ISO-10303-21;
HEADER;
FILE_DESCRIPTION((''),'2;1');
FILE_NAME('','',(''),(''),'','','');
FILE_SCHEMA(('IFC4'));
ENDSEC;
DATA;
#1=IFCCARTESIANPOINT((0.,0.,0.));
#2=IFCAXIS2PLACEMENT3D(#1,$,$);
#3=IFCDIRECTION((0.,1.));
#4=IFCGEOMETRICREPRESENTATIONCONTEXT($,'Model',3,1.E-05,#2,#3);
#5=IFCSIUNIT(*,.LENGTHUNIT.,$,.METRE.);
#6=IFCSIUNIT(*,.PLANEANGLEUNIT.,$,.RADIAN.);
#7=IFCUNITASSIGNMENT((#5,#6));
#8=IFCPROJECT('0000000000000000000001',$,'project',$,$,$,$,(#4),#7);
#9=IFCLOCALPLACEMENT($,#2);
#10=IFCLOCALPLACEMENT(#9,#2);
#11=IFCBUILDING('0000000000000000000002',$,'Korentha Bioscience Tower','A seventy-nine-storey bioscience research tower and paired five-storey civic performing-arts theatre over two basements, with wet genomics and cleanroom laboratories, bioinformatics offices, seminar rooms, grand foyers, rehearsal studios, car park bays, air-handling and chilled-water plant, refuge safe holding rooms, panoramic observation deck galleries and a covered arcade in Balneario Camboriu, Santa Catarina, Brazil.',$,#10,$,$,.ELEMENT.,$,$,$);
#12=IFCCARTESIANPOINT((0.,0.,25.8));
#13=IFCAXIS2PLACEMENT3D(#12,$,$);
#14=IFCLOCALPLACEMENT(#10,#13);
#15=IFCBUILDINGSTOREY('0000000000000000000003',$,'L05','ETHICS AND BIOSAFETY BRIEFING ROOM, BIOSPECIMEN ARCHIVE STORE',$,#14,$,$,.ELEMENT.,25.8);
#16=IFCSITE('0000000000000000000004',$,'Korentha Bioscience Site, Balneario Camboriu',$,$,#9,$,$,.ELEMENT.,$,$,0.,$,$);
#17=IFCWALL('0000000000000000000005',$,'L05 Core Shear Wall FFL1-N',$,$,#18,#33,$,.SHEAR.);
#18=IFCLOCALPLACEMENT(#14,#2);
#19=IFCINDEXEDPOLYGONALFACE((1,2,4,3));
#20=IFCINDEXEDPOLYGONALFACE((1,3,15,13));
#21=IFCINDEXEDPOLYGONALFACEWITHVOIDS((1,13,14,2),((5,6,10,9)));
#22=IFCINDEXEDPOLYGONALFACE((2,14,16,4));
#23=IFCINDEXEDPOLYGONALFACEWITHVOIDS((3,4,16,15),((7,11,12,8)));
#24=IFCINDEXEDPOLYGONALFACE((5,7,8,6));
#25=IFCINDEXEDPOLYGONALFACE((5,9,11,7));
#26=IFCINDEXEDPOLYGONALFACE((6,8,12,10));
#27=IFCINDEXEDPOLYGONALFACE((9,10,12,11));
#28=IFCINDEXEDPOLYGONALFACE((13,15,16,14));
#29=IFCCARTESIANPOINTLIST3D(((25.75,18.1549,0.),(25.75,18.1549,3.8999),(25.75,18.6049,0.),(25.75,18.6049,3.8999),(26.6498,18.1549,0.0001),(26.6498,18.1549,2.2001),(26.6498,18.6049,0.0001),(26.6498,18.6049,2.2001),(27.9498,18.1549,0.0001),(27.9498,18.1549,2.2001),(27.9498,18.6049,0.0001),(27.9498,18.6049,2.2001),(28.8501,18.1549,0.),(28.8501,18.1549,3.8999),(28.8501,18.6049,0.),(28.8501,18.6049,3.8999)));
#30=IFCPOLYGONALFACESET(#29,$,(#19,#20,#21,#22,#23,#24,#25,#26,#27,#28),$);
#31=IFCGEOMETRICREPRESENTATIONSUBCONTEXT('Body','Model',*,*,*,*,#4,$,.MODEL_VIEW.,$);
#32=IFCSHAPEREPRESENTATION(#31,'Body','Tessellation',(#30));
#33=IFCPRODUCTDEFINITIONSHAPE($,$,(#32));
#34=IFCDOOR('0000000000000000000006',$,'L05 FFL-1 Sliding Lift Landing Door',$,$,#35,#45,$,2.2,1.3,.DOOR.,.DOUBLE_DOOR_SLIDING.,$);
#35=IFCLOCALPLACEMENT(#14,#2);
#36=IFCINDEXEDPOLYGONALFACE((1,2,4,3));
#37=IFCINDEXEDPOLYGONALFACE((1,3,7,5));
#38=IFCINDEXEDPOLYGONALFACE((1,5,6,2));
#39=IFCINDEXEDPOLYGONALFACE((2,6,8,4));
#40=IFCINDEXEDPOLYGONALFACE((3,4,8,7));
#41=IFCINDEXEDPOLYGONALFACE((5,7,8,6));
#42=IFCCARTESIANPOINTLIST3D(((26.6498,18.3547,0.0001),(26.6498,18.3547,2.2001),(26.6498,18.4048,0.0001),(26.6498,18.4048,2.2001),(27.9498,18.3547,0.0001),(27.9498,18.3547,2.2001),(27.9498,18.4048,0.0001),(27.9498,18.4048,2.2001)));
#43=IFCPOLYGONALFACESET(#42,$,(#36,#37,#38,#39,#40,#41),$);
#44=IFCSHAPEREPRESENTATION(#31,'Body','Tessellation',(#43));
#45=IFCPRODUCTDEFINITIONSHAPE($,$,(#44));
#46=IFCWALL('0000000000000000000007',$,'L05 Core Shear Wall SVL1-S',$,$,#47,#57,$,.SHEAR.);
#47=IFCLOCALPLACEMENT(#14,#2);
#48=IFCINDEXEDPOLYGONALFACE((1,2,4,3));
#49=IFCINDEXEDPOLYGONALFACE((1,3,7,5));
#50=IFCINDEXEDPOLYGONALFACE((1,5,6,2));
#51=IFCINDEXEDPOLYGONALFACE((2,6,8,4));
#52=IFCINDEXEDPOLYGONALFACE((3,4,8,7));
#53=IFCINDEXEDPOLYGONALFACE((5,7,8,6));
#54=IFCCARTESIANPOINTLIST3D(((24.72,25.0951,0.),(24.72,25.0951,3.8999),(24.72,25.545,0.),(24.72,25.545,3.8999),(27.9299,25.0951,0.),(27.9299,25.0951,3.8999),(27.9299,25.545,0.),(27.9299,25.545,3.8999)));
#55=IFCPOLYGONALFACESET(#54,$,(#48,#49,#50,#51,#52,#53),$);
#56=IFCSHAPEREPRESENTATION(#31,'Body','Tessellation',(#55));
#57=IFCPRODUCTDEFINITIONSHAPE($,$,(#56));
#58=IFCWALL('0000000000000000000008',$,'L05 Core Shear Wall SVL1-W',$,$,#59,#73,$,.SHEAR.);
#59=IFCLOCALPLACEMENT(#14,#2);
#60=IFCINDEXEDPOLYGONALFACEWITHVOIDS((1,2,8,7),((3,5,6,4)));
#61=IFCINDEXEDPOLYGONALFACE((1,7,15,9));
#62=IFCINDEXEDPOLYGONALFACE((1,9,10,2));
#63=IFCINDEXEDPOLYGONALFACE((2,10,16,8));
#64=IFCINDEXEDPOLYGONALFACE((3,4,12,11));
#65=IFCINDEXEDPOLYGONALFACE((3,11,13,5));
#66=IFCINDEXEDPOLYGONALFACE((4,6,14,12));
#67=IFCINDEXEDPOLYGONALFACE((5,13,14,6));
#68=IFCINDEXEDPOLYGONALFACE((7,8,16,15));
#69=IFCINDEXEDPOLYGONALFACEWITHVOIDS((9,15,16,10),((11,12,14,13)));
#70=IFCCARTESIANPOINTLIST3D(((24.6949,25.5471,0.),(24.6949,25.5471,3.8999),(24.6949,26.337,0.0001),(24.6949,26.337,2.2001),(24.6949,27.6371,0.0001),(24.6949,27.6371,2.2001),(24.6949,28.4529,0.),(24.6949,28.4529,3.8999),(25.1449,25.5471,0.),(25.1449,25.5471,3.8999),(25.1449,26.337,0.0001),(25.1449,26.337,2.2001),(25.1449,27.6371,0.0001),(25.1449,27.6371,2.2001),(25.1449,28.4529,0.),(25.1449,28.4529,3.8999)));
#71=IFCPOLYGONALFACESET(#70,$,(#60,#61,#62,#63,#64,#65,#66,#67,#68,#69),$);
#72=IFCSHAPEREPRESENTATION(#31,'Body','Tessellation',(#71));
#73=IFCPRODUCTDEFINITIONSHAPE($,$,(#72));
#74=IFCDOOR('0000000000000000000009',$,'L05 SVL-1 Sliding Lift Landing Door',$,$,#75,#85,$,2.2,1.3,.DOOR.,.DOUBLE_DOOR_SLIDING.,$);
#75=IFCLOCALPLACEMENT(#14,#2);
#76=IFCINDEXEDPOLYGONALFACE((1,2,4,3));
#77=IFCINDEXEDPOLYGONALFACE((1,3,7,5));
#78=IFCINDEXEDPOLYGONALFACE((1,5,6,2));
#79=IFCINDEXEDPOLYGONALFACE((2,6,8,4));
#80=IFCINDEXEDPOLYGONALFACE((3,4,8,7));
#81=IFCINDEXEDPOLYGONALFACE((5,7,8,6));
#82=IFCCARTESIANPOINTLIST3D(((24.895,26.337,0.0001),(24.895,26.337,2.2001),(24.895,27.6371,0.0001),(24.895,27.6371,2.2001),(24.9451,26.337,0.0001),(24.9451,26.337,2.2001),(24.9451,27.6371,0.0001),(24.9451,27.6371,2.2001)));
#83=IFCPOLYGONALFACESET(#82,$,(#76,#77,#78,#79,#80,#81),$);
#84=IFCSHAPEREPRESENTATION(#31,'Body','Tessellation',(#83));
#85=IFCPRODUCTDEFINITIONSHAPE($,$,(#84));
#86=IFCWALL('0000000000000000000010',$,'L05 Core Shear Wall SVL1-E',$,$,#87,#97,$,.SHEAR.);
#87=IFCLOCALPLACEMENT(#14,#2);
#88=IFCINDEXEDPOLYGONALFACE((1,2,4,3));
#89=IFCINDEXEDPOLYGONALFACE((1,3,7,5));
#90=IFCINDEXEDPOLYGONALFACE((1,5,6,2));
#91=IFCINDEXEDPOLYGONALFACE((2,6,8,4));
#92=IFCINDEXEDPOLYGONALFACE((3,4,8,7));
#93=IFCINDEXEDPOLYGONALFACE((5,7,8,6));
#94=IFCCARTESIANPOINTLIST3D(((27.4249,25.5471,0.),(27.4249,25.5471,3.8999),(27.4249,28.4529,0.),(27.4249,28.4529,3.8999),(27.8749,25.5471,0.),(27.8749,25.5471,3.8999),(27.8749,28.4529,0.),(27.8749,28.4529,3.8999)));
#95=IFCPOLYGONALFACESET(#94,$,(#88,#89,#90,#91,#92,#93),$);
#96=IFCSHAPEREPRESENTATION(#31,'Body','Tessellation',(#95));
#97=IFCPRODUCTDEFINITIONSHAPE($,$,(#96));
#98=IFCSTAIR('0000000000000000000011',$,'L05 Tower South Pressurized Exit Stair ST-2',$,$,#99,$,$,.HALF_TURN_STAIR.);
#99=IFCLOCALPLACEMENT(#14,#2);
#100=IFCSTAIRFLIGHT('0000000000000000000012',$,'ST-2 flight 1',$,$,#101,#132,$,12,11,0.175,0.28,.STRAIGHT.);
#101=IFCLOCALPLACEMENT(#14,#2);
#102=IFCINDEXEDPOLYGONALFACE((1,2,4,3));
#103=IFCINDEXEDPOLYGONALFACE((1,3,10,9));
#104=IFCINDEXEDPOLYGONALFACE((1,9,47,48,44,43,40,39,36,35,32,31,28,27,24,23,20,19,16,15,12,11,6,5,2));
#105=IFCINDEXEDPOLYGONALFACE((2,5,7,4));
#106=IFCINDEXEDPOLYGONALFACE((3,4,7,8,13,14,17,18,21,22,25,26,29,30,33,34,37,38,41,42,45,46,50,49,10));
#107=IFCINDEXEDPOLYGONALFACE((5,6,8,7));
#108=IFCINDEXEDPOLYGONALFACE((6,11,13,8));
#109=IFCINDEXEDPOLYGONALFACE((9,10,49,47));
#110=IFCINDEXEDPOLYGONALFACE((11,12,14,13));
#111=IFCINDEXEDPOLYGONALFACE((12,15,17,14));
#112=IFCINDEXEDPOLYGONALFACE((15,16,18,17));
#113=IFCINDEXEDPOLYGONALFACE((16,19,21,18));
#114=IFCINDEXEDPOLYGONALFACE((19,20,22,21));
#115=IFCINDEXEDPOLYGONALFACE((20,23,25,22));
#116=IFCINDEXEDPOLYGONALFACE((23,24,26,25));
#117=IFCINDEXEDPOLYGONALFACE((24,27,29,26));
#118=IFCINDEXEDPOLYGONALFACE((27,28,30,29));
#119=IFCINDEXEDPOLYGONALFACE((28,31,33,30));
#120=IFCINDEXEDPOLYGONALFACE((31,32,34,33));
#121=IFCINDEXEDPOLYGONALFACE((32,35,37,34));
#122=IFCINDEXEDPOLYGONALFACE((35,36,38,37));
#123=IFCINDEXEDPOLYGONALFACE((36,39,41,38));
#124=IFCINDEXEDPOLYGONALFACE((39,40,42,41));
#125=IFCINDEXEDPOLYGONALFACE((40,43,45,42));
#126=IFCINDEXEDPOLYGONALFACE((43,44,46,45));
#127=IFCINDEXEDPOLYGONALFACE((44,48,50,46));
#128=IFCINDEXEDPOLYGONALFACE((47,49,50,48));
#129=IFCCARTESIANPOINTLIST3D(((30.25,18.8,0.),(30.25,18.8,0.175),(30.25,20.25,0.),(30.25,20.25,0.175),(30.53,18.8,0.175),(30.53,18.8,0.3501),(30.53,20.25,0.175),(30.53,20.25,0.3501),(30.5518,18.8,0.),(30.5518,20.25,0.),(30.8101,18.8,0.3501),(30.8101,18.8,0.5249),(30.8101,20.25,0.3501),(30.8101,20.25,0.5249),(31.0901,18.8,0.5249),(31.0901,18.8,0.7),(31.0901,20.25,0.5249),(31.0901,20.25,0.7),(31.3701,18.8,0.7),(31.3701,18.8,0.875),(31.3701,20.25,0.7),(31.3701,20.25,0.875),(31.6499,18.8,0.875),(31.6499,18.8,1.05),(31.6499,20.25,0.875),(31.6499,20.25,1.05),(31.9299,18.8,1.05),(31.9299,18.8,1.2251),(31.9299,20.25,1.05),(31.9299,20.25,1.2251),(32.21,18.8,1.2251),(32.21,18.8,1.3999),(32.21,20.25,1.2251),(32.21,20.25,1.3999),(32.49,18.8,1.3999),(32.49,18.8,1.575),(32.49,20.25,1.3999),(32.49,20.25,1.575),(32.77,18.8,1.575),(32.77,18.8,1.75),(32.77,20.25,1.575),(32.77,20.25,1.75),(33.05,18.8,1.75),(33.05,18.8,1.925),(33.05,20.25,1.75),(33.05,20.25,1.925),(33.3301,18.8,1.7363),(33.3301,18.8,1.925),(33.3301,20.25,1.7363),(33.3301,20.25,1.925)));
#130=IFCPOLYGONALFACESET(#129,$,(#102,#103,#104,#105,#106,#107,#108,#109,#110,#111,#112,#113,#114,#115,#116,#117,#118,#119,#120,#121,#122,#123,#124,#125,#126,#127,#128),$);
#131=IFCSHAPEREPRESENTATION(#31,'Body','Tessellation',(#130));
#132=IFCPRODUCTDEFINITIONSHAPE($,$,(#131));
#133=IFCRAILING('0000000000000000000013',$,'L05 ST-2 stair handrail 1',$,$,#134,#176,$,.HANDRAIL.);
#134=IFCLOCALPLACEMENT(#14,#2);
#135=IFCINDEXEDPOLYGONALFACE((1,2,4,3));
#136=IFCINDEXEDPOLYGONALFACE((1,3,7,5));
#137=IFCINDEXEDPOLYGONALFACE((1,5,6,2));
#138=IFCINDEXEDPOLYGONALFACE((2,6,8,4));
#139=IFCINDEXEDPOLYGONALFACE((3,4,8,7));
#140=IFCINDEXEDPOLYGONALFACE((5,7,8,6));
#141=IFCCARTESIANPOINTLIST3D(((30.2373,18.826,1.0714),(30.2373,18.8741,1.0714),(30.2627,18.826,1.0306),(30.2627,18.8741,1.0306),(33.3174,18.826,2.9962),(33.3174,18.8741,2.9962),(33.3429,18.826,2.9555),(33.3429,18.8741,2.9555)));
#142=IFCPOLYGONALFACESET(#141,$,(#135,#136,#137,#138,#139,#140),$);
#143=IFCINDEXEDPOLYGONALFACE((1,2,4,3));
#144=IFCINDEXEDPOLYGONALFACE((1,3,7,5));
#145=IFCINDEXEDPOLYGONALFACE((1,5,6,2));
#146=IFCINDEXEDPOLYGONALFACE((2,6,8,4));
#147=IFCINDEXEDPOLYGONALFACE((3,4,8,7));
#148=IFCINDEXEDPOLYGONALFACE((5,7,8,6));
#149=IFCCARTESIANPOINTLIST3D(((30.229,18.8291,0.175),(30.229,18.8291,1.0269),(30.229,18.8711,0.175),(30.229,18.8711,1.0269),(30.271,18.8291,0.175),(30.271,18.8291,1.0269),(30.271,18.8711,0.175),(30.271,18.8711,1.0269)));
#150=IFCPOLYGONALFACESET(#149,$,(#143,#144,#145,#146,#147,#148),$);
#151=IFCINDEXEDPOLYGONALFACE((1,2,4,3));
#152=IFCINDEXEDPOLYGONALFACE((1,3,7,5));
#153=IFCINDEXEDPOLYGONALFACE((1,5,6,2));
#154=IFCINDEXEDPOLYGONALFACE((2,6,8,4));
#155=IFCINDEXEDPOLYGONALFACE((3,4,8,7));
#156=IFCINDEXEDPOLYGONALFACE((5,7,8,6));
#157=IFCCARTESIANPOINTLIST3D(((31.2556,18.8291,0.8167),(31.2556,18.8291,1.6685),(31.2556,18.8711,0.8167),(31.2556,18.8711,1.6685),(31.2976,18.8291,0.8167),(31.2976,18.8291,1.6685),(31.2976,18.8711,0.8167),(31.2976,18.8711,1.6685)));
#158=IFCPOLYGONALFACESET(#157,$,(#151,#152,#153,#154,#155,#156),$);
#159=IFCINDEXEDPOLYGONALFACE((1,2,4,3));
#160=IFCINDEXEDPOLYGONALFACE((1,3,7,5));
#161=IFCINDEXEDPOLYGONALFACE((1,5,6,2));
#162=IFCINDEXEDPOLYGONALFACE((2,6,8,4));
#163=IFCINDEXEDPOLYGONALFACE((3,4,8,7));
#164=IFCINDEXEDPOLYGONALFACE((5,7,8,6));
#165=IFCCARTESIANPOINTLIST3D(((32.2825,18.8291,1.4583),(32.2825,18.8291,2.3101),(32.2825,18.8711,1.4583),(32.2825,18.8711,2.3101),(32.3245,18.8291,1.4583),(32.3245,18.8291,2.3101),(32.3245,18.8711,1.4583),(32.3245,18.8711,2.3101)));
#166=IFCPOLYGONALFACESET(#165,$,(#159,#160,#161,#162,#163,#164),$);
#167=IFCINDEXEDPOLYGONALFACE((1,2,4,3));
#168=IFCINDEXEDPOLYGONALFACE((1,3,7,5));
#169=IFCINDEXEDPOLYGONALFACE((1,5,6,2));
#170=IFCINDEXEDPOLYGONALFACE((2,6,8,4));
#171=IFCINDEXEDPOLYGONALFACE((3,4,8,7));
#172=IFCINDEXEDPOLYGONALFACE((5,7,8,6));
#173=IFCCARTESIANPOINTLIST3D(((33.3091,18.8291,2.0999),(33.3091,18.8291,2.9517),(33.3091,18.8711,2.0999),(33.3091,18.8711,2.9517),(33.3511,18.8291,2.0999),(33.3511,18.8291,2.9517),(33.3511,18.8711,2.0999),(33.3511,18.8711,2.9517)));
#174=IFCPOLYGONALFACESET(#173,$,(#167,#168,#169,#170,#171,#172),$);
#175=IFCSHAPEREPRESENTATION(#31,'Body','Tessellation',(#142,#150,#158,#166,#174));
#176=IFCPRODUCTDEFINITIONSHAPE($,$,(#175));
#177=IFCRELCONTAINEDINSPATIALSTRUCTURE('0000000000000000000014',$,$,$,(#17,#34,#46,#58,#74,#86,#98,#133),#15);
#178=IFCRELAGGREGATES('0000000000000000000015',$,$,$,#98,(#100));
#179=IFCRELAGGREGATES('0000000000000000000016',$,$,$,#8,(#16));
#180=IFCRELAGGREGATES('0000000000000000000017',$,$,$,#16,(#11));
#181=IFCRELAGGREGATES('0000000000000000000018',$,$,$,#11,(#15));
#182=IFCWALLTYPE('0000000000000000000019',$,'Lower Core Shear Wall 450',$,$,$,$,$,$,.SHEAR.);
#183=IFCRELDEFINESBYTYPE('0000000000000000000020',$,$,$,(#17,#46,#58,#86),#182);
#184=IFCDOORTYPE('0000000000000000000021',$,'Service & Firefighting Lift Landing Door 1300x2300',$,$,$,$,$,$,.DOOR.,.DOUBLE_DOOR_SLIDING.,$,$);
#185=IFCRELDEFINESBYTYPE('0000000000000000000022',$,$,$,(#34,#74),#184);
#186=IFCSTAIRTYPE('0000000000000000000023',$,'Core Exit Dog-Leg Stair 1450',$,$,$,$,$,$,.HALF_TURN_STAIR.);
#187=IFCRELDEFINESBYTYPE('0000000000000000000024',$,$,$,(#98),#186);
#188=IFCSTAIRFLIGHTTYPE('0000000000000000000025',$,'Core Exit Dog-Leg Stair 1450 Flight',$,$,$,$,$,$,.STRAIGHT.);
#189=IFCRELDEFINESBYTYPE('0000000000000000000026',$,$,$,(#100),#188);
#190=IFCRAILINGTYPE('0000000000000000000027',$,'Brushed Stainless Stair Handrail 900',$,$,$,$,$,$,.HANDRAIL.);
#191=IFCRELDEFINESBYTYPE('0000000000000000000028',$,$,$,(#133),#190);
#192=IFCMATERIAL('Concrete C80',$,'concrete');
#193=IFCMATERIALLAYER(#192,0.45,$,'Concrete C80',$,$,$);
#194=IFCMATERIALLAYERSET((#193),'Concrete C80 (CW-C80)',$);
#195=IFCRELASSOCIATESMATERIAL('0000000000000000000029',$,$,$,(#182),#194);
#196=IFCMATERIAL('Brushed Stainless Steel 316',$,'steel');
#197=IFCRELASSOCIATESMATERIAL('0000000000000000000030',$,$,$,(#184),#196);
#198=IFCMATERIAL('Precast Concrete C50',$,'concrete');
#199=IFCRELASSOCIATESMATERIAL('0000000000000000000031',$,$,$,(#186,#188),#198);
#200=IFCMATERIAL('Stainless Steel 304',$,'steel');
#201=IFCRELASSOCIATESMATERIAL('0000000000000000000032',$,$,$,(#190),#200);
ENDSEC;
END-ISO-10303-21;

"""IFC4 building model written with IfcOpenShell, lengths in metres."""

from ifc_helpers import new_model, si_unit, direction, frame, frame_2d, origin, origin_2d, place, context, subcontext, project, spatial, polyline, rectangle, outline, extrude, material, layer, layer_set, type_object, element, fill, aggregate, save


model = new_model("IFC4")

# Units and contexts
model_context = context("Model", 3, precision=1e-05, world=origin(), true_north=direction((0.0, 1.0)))
body_context = subcontext(model_context, "Body", "Model", "MODEL_VIEW")
ifc_project = project(units=[si_unit("LENGTHUNIT", "METRE"), si_unit("PLANEANGLEUNIT", "RADIAN")], contexts=[model_context])

# Site, building, storey
site_placement = place(None, origin())
site = spatial("IfcSite", under=ifc_project, at=site_placement, Name="Korentha Bioscience Site, Balneario Camboriu", CompositionType="ELEMENT", RefElevation=0.0)
building_placement = place(site_placement, origin())
building = spatial("IfcBuilding", under=site, at=building_placement, Name="Korentha Bioscience Tower", Description="A seventy-nine-storey bioscience research tower and paired five-storey civic performing-arts theatre over two basements, with wet genomics and cleanroom laboratories, bioinformatics offices, seminar rooms, grand foyers, rehearsal studios, car park bays, air-handling and chilled-water plant, refuge safe holding rooms, panoramic observation deck galleries and a covered arcade in Balneario Camboriu, Santa Catarina, Brazil.", CompositionType="ELEMENT")
storey_placement = place(building_placement, frame((0.0, 0.0, 25.8)))
storey = spatial("IfcBuildingStorey", under=building, at=storey_placement, Name="L05", Description="ETHICS AND BIOSAFETY BRIEFING ROOM, BIOSPECIMEN ARCHIVE STORE", CompositionType="ELEMENT", Elevation=25.8)

# Shared definitions
ifc_material_1 = material(Name="Concrete C80", Category="concrete")
ifc_layer_1 = layer(ifc_material_1, 0.45, Name="Concrete C80")
ifc_layer_set_1 = layer_set([ifc_layer_1], Name="Concrete C80 (CW-C80)")
wall_type_1 = type_object("IfcWallType", Name="Lower Core Shear Wall 450", PredefinedType="SHEAR", material=ifc_layer_set_1)

# Wall, opening, door
wall_1_placement = place(storey_placement, frame((25.75, 18.3799, 0.0), z_axis=(0.0, 0.0, 1.0), x_axis=(1.0, 0.0, 0.0)))
wall_1 = element("IfcWall", 1, at=wall_1_placement, inside=storey, type_object=wall_type_1, Name="L05 Core Shear Wall FFL1-N", PredefinedType="SHEAR", context=body_context, shape_type="SweptSolid", body=[
    extrude(rectangle(XDim=3.1001, YDim=0.45, at=frame_2d((1.55, 0.0))), origin(), (0.0, 0.0, 1.0), 3.8999),
])
opening_1_placement = place(wall_1_placement, frame((0.8999, 0.0, 0.0)))
opening_1 = element("IfcOpeningElement", 2, at=opening_1_placement, cuts=wall_1, PredefinedType="OPENING", context=body_context, shape_type="SweptSolid", body=[
    extrude(rectangle(XDim=1.3, YDim=2.2, at=frame_2d((0.6499, 1.1001))), frame((0.0, 0.2397, 0.0), z_axis=(0.0, -1.0, 0.0), x_axis=(1.0, 0.0, 0.0)), (0.0, 0.0, 1.0), 0.4797),
])
ifc_material_2 = material(Name="Brushed Stainless Steel 316", Category="steel")
door_type_1 = type_object("IfcDoorType", Name="Service & Firefighting Lift Landing Door 1300x2300", OperationType="DOUBLE_DOOR_SLIDING", PredefinedType="DOOR", material=ifc_material_2)
door_1_placement = place(opening_1_placement, origin())
door_1 = element("IfcDoor", 3, at=door_1_placement, inside=storey, type_object=door_type_1, Name="L05 FFL-1 Sliding Lift Landing Door", OperationType="DOUBLE_DOOR_SLIDING", OverallHeight=2.2, OverallWidth=1.3, PredefinedType="DOOR", context=body_context, shape_type="SweptSolid", body=[
    extrude(rectangle(XDim=1.3, YDim=2.2, at=frame_2d((0.6499, 1.1001))), frame((0.0, 0.0249, 0.0), z_axis=(0.0, -1.0, 0.0), x_axis=(1.0, 0.0, 0.0)), (0.0, 0.0, 1.0), 0.05),
])
fill(opening_1, door_1)

# Wall
wall_2_placement = place(storey_placement, frame((24.72, 25.3201, 0.0), z_axis=(0.0, 0.0, 1.0), x_axis=(1.0, 0.0, 0.0)))
element("IfcWall", 4, at=wall_2_placement, inside=storey, type_object=wall_type_1, Name="L05 Core Shear Wall SVL1-S", PredefinedType="SHEAR", context=body_context, shape_type="SweptSolid", body=[
    extrude(rectangle(XDim=3.21, YDim=0.45, at=frame_2d((1.605, 0.0))), origin(), (0.0, 0.0, 1.0), 3.8999),
])

# Wall, opening, door
wall_3_placement = place(storey_placement, frame((24.9199, 25.5471, 0.0), z_axis=(0.0, 0.0, 1.0), x_axis=(0.0, 1.0, 0.0)))
wall_3 = element("IfcWall", 5, at=wall_3_placement, inside=storey, type_object=wall_type_1, Name="L05 Core Shear Wall SVL1-W", PredefinedType="SHEAR", context=body_context, shape_type="SweptSolid", body=[
    extrude(rectangle(XDim=2.9058, YDim=0.45, at=frame_2d((1.4529, 0.0))), origin(), (0.0, 0.0, 1.0), 3.8999),
])
opening_2_placement = place(wall_3_placement, frame((0.79, 0.0, 0.0)))
opening_2 = element("IfcOpeningElement", 6, at=opening_2_placement, cuts=wall_3, PredefinedType="OPENING", context=body_context, shape_type="SweptSolid", body=[
    extrude(rectangle(XDim=1.3, YDim=2.2, at=frame_2d((0.6499, 1.1001))), frame((0.0, 0.2397, 0.0), z_axis=(0.0, -1.0, 0.0), x_axis=(1.0, 0.0, 0.0)), (0.0, 0.0, 1.0), 0.4797),
])
door_2_placement = place(opening_2_placement, origin())
door_2 = element("IfcDoor", 7, at=door_2_placement, inside=storey, type_object=door_type_1, Name="L05 SVL-1 Sliding Lift Landing Door", OperationType="DOUBLE_DOOR_SLIDING", OverallHeight=2.2, OverallWidth=1.3, PredefinedType="DOOR", context=body_context, shape_type="SweptSolid", body=[
    extrude(rectangle(XDim=1.3, YDim=2.2, at=frame_2d((0.6499, 1.1001))), frame((0.0, 0.0249, 0.0), z_axis=(0.0, -1.0, 0.0), x_axis=(1.0, 0.0, 0.0)), (0.0, 0.0, 1.0), 0.05),
])
fill(opening_2, door_2)

# Wall
wall_4_placement = place(storey_placement, frame((27.6499, 25.5471, 0.0), z_axis=(0.0, 0.0, 1.0), x_axis=(0.0, 1.0, 0.0)))
element("IfcWall", 8, at=wall_4_placement, inside=storey, type_object=wall_type_1, Name="L05 Core Shear Wall SVL1-E", PredefinedType="SHEAR", context=body_context, shape_type="SweptSolid", body=[
    extrude(rectangle(XDim=2.9058, YDim=0.45, at=frame_2d((1.4529, 0.0))), origin(), (0.0, 0.0, 1.0), 3.8999),
])

# Stair, stair flight
ifc_material_3 = material(Name="Precast Concrete C50", Category="concrete")
stair_type = type_object("IfcStairType", Name="Core Exit Dog-Leg Stair 1450", PredefinedType="HALF_TURN_STAIR", material=ifc_material_3)
stair_placement = place(storey_placement, origin())
stair = element("IfcStair", 9, at=stair_placement, inside=storey, type_object=stair_type, Name="L05 Tower South Pressurized Exit Stair ST-2", PredefinedType="HALF_TURN_STAIR")
stair_flight_type = type_object("IfcStairFlightType", Name="Core Exit Dog-Leg Stair 1450 Flight", PredefinedType="STRAIGHT", material=ifc_material_3)
stair_flight_placement = place(storey_placement, frame((30.25, 19.5249, 0.0), z_axis=(0.0, 0.0, 1.0), x_axis=(1.0, 0.0, 0.0)))
stair_flight = element("IfcStairFlight", 10, at=stair_flight_placement, type_object=stair_flight_type, Name="ST-2 flight 1", NumberOfRisers=12, NumberOfTreads=11, PredefinedType="STRAIGHT", RiserHeight=0.175, TreadLength=0.28, context=body_context, shape_type="SweptSolid", body=[
    extrude(outline(polyline([(0.0, 0.0), (0.0, 0.175), (0.28, 0.175), (0.28, 0.3501), (0.5601, 0.3501), (0.5601, 0.5249), (0.8401, 0.5249), (0.8401, 0.7), (1.1201, 0.7), (1.1201, 0.875), (1.3999, 0.875), (1.3999, 1.05), (1.6799, 1.05), (1.6799, 1.2251), (1.96, 1.2251), (1.96, 1.3999), (2.24, 1.3999), (2.24, 1.575), (2.52, 1.575), (2.52, 1.75), (2.8, 1.75), (2.8, 1.925), (3.0801, 1.925), (3.0801, 2.1001), (3.0801, 1.7363), (0.3018, 0.0), (0.0, 0.0)])), frame((0.0, 0.7251, 0.0), z_axis=(0.0, -1.0, 0.0), x_axis=(1.0, 0.0, 0.0)), (0.0, 0.0, 1.0), 1.45),
])
aggregate(stair, [stair_flight])

# Railing
ifc_material_4 = material(Name="Stainless Steel 304", Category="steel")
railing_type_1 = type_object("IfcRailingType", Name="Brushed Stainless Stair Handrail 900", PredefinedType="HANDRAIL", material=ifc_material_4)
railing_1_placement = place(storey_placement, frame((30.25, 18.8501, 0.175)))
element("IfcRailing", 11, at=railing_1_placement, inside=storey, type_object=railing_type_1, Name="L05 ST-2 stair handrail 1", PredefinedType="HANDRAIL", context=body_context, shape_type="SweptSolid", body=[
    extrude(rectangle(XDim=0.0481, YDim=0.0481, at=origin_2d()), frame((0.0, 0.0, 0.876), z_axis=(0.848029, 0.0, 0.529951), x_axis=(0.0, 1.0, 0.0)), (0.0, 0.0, 1.0), 3.6321),
    extrude(rectangle(XDim=0.042, YDim=0.042, at=origin_2d()), origin(), (0.0, 0.0, 1.0), 0.8518),
    extrude(rectangle(XDim=0.042, YDim=0.042, at=origin_2d()), frame((1.0266, 0.0, 0.6416)), (0.0, 0.0, 1.0), 0.8518),
    extrude(rectangle(XDim=0.042, YDim=0.042, at=origin_2d()), frame((2.0535, 0.0, 1.2832)), (0.0, 0.0, 1.0), 0.8518),
    extrude(rectangle(XDim=0.042, YDim=0.042, at=origin_2d()), frame((3.0801, 0.0, 1.9248)), (0.0, 0.0, 1.0), 0.8518),
])

save(model, "model.ifc")
